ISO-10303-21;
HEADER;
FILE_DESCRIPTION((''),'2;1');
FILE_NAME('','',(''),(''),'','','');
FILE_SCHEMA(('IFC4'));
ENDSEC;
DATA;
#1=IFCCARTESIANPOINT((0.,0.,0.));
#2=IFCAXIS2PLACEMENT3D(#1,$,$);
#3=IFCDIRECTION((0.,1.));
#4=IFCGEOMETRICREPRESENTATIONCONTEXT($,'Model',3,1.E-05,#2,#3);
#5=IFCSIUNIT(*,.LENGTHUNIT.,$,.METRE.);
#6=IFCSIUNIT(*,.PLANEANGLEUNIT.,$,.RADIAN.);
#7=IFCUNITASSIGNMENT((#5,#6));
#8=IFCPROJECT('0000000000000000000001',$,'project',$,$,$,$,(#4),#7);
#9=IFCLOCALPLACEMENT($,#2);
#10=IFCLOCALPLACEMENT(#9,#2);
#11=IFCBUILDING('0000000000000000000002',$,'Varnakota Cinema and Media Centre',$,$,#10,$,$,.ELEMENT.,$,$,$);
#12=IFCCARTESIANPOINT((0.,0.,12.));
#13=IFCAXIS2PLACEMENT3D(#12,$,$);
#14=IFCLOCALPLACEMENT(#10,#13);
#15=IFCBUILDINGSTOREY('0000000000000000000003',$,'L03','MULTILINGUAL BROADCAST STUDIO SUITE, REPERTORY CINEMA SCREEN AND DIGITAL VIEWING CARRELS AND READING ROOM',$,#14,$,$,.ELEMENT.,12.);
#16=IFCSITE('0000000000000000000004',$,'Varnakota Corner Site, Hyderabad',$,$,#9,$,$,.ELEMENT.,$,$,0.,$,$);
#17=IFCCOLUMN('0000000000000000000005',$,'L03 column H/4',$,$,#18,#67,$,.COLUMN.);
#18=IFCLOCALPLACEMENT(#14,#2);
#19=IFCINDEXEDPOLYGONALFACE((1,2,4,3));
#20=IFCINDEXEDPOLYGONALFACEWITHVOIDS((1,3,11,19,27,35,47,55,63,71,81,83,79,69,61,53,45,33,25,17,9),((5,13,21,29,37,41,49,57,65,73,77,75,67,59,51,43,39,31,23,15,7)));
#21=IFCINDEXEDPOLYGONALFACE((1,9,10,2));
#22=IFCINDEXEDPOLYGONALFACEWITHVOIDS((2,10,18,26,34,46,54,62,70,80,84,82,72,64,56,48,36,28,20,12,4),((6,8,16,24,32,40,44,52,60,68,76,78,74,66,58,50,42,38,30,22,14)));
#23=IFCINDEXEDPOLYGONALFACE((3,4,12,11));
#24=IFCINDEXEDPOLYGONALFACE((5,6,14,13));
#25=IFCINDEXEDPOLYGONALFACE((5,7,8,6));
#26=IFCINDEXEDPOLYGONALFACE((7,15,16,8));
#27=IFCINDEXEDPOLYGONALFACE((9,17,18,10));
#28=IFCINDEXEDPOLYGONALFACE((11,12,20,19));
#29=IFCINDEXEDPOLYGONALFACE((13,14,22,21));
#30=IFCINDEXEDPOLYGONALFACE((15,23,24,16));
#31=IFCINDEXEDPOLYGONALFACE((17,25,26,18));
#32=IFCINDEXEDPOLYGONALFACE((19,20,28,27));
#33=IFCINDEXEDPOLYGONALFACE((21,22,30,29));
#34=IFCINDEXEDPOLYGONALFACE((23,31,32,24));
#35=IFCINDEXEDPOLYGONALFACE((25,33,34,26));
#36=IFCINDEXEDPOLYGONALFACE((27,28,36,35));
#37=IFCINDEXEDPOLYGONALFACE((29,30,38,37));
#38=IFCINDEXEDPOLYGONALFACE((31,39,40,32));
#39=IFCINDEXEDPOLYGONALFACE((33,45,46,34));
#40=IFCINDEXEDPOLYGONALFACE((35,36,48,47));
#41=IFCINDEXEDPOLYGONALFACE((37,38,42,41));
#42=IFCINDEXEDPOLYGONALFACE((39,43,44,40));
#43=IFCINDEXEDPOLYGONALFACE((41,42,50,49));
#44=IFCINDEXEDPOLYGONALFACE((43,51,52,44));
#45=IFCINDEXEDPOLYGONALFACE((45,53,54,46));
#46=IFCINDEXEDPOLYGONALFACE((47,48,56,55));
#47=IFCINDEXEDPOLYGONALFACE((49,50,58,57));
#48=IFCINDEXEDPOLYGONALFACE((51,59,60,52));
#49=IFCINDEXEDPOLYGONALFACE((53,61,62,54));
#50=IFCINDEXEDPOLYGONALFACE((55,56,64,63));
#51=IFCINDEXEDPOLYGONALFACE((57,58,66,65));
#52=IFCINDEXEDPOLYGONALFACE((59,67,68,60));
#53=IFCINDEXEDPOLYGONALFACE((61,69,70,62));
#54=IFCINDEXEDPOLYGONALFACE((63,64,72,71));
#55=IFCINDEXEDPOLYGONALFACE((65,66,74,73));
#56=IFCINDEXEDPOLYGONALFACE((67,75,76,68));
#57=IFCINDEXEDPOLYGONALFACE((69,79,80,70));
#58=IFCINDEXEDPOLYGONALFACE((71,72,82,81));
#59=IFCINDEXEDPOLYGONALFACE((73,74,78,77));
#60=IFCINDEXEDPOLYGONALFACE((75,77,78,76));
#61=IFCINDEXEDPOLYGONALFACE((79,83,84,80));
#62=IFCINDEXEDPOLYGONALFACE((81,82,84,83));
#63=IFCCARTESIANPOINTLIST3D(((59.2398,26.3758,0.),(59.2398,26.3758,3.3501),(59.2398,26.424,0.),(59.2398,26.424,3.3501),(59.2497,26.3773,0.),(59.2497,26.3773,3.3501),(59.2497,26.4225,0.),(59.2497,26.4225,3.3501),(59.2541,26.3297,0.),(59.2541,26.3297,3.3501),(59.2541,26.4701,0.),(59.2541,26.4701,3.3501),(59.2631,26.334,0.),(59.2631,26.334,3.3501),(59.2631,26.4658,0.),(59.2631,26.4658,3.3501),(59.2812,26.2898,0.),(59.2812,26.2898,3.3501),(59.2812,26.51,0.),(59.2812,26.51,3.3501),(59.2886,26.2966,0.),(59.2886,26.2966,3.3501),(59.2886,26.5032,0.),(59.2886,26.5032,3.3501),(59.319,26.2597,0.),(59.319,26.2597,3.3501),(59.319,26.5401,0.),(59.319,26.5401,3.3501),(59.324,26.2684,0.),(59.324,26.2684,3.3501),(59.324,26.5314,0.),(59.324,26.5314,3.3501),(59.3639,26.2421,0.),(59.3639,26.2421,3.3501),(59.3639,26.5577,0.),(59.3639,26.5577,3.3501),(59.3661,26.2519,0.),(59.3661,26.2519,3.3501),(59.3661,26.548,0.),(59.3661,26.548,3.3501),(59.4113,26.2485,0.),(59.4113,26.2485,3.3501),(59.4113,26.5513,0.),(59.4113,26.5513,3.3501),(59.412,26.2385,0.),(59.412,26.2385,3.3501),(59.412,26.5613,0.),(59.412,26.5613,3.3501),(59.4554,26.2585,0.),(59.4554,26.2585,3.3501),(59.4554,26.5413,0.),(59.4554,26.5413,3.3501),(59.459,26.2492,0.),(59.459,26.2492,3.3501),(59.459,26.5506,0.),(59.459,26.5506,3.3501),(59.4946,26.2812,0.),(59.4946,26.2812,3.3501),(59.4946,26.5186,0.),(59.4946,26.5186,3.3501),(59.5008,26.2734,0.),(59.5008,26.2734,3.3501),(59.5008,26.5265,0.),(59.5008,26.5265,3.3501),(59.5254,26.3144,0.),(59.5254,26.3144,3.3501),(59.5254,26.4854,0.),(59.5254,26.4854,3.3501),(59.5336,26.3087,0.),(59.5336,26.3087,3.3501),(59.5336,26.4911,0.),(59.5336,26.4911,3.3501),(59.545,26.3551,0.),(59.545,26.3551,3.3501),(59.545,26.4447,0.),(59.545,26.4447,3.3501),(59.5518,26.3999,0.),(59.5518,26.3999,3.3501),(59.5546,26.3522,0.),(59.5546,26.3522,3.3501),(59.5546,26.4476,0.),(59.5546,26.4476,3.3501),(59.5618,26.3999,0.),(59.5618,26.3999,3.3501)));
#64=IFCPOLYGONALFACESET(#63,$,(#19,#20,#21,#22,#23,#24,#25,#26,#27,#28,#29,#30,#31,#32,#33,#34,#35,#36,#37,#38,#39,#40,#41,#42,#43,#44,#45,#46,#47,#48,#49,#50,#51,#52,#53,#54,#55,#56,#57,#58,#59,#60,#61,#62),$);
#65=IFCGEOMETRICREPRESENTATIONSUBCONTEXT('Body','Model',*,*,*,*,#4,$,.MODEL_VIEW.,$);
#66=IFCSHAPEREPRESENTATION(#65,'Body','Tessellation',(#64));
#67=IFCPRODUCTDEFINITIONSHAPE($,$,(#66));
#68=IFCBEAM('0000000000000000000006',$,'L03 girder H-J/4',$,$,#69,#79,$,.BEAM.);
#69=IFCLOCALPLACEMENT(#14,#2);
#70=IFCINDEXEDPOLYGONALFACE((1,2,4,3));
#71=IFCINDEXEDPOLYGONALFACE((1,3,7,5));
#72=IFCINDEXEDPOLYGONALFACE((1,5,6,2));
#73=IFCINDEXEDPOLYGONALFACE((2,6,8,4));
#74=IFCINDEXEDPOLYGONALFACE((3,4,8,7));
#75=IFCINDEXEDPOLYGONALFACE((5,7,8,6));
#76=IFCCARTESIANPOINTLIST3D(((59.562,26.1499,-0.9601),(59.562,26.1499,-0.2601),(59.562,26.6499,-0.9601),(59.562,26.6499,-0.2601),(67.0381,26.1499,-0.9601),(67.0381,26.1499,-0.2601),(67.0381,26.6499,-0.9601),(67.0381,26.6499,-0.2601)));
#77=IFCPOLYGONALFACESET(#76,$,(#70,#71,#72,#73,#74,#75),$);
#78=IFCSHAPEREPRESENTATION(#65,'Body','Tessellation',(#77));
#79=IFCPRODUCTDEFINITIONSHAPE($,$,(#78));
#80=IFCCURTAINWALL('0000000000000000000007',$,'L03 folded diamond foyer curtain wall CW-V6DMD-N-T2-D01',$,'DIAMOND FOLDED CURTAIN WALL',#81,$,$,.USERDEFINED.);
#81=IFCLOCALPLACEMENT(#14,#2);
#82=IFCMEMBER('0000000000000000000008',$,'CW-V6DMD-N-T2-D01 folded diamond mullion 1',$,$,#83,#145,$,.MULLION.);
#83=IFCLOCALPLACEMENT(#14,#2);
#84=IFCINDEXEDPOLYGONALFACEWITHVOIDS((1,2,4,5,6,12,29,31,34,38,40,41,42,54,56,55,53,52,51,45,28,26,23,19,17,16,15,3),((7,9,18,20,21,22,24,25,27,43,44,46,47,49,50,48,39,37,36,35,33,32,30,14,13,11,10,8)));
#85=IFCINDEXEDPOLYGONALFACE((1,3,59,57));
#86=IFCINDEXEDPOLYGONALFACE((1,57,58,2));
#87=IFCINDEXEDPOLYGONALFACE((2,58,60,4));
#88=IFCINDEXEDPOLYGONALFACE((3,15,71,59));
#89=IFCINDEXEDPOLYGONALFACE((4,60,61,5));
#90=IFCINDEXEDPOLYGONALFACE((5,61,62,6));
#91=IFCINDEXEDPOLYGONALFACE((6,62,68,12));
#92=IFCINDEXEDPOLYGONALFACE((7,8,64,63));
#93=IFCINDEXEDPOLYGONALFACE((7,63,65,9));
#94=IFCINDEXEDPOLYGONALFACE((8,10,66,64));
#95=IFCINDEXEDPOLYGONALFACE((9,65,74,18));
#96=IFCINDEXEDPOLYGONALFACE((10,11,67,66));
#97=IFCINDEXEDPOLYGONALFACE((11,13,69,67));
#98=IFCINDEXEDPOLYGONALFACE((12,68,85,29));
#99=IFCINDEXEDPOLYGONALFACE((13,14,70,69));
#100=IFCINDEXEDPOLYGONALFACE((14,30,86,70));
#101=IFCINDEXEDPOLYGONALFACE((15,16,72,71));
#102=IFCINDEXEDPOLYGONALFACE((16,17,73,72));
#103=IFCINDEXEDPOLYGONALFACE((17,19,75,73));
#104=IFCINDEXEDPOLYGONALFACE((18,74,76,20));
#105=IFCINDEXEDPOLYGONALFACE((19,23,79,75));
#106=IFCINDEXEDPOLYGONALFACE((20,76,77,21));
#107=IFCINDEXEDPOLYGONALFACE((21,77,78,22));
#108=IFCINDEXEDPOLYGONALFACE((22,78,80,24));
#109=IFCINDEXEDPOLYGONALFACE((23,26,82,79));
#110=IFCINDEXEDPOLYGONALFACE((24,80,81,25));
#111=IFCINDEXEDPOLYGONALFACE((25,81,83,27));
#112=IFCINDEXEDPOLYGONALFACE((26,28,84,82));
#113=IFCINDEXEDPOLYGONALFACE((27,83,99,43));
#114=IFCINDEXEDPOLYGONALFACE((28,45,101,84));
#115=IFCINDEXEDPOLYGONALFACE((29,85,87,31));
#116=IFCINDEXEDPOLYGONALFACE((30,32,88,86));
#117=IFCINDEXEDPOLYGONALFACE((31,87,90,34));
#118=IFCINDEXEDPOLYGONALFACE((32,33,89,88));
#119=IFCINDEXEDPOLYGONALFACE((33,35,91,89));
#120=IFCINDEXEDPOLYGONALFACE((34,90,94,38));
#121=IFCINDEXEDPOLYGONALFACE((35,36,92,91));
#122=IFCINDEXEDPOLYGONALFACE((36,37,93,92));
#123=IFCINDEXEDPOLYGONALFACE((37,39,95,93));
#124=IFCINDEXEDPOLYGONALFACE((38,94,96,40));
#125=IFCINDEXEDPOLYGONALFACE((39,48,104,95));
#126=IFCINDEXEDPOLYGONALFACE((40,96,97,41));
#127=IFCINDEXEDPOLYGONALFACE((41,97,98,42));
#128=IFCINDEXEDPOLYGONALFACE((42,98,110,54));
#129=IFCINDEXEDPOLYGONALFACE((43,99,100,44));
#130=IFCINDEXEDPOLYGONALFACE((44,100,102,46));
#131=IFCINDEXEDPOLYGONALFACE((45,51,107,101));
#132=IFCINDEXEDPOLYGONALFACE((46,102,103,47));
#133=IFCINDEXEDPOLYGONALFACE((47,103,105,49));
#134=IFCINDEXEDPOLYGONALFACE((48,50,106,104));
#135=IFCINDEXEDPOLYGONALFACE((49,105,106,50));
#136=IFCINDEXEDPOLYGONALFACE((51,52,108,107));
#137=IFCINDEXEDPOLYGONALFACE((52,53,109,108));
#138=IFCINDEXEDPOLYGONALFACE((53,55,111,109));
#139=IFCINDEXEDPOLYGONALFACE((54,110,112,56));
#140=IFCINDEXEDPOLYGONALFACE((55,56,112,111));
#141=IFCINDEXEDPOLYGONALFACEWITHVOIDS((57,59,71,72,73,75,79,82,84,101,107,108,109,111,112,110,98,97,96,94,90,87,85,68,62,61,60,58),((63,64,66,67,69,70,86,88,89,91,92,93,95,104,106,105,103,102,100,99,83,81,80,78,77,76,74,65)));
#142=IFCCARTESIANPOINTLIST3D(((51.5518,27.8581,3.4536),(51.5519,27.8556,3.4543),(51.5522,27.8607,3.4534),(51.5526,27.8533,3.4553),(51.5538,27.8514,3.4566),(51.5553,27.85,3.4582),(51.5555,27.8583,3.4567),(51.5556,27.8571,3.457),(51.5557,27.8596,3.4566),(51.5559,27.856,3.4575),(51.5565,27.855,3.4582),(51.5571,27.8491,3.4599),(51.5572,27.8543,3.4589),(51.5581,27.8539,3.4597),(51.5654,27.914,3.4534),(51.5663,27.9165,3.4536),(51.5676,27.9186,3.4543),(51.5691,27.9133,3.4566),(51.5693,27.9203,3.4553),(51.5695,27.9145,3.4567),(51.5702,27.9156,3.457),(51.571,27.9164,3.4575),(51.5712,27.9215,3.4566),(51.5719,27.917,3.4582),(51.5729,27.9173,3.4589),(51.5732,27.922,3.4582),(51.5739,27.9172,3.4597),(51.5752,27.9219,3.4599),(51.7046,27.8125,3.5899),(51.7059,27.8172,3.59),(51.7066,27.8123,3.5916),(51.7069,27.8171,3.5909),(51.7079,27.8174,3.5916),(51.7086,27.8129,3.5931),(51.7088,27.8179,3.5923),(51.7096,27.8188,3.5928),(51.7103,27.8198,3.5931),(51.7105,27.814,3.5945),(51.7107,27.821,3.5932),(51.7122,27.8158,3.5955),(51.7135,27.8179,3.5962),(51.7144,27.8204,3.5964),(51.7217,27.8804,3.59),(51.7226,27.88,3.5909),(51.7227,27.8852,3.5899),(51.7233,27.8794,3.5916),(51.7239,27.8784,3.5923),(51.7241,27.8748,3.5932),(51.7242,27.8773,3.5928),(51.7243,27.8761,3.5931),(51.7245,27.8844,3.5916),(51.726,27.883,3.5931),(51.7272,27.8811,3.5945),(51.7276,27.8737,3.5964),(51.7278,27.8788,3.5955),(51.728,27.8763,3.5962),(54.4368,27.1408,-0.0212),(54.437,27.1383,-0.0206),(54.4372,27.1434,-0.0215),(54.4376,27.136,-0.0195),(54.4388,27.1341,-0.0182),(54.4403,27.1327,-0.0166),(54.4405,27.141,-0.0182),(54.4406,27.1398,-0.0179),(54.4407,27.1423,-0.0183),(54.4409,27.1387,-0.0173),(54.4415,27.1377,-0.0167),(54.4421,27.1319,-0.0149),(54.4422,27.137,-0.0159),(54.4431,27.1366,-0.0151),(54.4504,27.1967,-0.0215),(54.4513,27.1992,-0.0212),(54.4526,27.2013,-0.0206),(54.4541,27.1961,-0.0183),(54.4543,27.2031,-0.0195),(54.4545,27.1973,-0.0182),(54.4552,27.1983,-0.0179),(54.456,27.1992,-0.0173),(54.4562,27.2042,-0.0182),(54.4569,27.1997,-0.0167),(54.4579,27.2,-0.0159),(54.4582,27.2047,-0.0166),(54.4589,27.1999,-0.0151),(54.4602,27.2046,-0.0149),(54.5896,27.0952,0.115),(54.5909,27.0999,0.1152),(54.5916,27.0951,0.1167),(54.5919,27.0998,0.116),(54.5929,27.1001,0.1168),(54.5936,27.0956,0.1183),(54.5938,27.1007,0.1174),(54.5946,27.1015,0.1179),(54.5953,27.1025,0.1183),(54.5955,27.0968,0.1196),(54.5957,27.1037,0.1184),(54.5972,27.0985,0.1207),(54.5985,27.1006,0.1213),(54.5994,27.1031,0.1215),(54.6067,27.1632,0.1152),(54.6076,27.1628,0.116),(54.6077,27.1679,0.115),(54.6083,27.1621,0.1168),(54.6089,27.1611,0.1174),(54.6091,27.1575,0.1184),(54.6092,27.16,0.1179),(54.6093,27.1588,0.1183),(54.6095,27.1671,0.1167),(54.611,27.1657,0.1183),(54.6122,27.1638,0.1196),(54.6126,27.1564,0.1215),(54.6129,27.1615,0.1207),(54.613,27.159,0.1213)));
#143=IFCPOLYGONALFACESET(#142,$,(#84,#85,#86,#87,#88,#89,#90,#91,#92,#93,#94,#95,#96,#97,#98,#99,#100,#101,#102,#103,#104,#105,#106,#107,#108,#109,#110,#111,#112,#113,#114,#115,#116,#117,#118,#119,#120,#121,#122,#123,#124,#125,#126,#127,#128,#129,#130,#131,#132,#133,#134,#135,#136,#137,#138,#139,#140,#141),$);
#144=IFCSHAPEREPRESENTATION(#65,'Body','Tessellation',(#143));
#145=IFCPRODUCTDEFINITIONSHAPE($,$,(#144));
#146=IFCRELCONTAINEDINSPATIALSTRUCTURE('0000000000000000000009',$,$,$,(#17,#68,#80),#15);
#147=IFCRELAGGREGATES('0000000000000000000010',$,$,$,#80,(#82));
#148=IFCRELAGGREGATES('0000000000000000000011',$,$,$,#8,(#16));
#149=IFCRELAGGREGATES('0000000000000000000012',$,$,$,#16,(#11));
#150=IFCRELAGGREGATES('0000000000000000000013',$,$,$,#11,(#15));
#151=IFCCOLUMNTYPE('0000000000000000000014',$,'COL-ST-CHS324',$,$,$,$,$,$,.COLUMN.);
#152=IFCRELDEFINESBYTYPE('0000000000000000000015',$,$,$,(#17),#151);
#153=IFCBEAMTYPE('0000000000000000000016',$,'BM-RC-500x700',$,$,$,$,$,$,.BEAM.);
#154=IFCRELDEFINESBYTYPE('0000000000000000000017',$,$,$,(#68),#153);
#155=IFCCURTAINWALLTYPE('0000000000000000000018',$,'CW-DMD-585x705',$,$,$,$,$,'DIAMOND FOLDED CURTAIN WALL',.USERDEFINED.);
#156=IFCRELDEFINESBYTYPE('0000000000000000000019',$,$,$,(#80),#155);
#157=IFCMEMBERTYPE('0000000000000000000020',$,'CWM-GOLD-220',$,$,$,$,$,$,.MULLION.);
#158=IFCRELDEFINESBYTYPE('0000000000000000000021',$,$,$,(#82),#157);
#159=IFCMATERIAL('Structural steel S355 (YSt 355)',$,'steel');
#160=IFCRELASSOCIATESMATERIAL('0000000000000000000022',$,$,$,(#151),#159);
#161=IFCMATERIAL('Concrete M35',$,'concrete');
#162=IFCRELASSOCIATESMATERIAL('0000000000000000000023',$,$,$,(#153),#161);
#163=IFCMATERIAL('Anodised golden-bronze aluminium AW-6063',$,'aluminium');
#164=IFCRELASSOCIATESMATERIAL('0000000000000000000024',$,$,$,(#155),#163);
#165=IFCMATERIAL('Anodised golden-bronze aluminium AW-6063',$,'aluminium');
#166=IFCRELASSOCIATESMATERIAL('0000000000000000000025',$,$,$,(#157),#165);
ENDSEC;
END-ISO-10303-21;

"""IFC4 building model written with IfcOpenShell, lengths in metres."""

from ifc_helpers import new_model, si_unit, direction, frame, origin, origin_2d, place, context, subcontext, project, spatial, rectangle, hollow_rectangle, hollow_circle, extrude, material, material_profile, profile_set, type_object, element, aggregate, save


model = new_model("IFC4")

# Units and contexts
model_context = context("Model", 3, precision=1e-05, world=origin(), true_north=direction((0.0, 1.0)))
body_context = subcontext(model_context, "Body", "Model", "MODEL_VIEW")
ifc_project = project(units=[si_unit("LENGTHUNIT", "METRE"), si_unit("PLANEANGLEUNIT", "RADIAN")], contexts=[model_context])

# Site, building, storey
site_placement = place(None, origin())
site = spatial("IfcSite", under=ifc_project, at=site_placement, Name="Varnakota Corner Site, Hyderabad", CompositionType="ELEMENT", RefElevation=0.0)
building_placement = place(site_placement, origin())
building = spatial("IfcBuilding", under=site, at=building_placement, Name="Varnakota Cinema and Media Centre", CompositionType="ELEMENT")
storey_placement = place(building_placement, frame((0.0, 0.0, 12.0)))
storey = spatial("IfcBuildingStorey", under=building, at=storey_placement, Name="L03", Description="MULTILINGUAL BROADCAST STUDIO SUITE, REPERTORY CINEMA SCREEN AND DIGITAL VIEWING CARRELS AND READING ROOM", CompositionType="ELEMENT", Elevation=12.0)

# Column
ifc_material_1 = material(Name="Structural steel S355 (YSt 355)", Category="steel")
ifc_material_profile_1 = material_profile(ifc_material_1, hollow_circle(Radius=0.1619, WallThickness=0.01, at=origin_2d()), Name="CHS 323.9x10.0")
ifc_profile_set_1 = profile_set([ifc_material_profile_1], Name="Structural steel S355 (YSt 355)")
column_type = type_object("IfcColumnType", Name="COL-ST-CHS324", PredefinedType="COLUMN", material=ifc_profile_set_1)
column_placement = place(storey_placement, frame((59.3999, 26.3999, 0.0), z_axis=(0.0, 0.0, 1.0), x_axis=(1.0, 0.0, 0.0)))
element("IfcColumn", 1, at=column_placement, inside=storey, type_object=column_type, Name="L03 column H/4", PredefinedType="COLUMN", context=body_context, shape_type="SweptSolid", body=[
    extrude(hollow_circle(Radius=0.1619, WallThickness=0.01, at=origin_2d()), origin(), (0.0, 0.0, 1.0), 3.3501),
])

# Beam
ifc_material_2 = material(Name="Concrete M35", Category="concrete")
ifc_material_profile_2 = material_profile(ifc_material_2, rectangle(XDim=0.5, YDim=0.7, at=origin_2d()), Name="RCB 500x700")
ifc_profile_set_2 = profile_set([ifc_material_profile_2], Name="Concrete M35")
beam_type = type_object("IfcBeamType", Name="BM-RC-500x700", PredefinedType="BEAM", material=ifc_profile_set_2)
beam_placement = place(storey_placement, frame((59.562, 26.3999, -0.6101), z_axis=(1.0, 0.0, 0.0), x_axis=(0.0, 1.0, 0.0)))
element("IfcBeam", 2, at=beam_placement, inside=storey, type_object=beam_type, Name="L03 girder H-J/4", PredefinedType="BEAM", context=body_context, shape_type="SweptSolid", body=[
    extrude(rectangle(XDim=0.5, YDim=0.7, at=origin_2d()), origin(), (0.0, 0.0, 1.0), 7.4761),
])

# Curtain wall, member
ifc_material_3 = material(Name="Anodised golden-bronze aluminium AW-6063", Category="aluminium")
curtain_wall_type = type_object("IfcCurtainWallType", Name="CW-DMD-585x705", ElementType="DIAMOND FOLDED CURTAIN WALL", PredefinedType="USERDEFINED", material=ifc_material_3)
curtain_wall_1_placement = place(storey_placement, origin())
curtain_wall_1 = element("IfcCurtainWall", 3, at=curtain_wall_1_placement, inside=storey, type_object=curtain_wall_type, Name="L03 folded diamond foyer curtain wall CW-V6DMD-N-T2-D01", ObjectType="DIAMOND FOLDED CURTAIN WALL", PredefinedType="USERDEFINED")
ifc_material_4 = material(Name="Anodised golden-bronze aluminium AW-6063", Category="aluminium")
ifc_material_profile_3 = material_profile(ifc_material_4, hollow_rectangle(XDim=0.075, YDim=0.22, WallThickness=0.0049, InnerFilletRadius=0.0049, OuterFilletRadius=0.01, at=origin_2d()), Name="AL-MULLION 220x75x5")
ifc_profile_set_3 = profile_set([ifc_material_profile_3], Name="Anodised golden-bronze aluminium AW-6063")
member_type_1 = type_object("IfcMemberType", Name="CWM-GOLD-220", PredefinedType="MULLION", material=ifc_profile_set_3)
member_1_placement = place(storey_placement, frame((54.5249, 27.1499, 0.05), z_axis=(-0.630878, 0.156852, 0.759862), x_axis=(-0.241279, -0.970456, 0.0)))
member_1 = element("IfcMember", 4, at=member_1_placement, type_object=member_type_1, Name="CW-V6DMD-N-T2-D01 folded diamond mullion 1", PredefinedType="MULLION", context=body_context, shape_type="SweptSolid", body=[
    extrude(hollow_rectangle(XDim=0.075, YDim=0.22, WallThickness=0.0049, InnerFilletRadius=0.0049, OuterFilletRadius=0.01, at=origin_2d()), origin(), (0.0, 0.0, 1.0), 4.573),
])

aggregate(curtain_wall_1, [member_1])

save(model, "model.ifc")
